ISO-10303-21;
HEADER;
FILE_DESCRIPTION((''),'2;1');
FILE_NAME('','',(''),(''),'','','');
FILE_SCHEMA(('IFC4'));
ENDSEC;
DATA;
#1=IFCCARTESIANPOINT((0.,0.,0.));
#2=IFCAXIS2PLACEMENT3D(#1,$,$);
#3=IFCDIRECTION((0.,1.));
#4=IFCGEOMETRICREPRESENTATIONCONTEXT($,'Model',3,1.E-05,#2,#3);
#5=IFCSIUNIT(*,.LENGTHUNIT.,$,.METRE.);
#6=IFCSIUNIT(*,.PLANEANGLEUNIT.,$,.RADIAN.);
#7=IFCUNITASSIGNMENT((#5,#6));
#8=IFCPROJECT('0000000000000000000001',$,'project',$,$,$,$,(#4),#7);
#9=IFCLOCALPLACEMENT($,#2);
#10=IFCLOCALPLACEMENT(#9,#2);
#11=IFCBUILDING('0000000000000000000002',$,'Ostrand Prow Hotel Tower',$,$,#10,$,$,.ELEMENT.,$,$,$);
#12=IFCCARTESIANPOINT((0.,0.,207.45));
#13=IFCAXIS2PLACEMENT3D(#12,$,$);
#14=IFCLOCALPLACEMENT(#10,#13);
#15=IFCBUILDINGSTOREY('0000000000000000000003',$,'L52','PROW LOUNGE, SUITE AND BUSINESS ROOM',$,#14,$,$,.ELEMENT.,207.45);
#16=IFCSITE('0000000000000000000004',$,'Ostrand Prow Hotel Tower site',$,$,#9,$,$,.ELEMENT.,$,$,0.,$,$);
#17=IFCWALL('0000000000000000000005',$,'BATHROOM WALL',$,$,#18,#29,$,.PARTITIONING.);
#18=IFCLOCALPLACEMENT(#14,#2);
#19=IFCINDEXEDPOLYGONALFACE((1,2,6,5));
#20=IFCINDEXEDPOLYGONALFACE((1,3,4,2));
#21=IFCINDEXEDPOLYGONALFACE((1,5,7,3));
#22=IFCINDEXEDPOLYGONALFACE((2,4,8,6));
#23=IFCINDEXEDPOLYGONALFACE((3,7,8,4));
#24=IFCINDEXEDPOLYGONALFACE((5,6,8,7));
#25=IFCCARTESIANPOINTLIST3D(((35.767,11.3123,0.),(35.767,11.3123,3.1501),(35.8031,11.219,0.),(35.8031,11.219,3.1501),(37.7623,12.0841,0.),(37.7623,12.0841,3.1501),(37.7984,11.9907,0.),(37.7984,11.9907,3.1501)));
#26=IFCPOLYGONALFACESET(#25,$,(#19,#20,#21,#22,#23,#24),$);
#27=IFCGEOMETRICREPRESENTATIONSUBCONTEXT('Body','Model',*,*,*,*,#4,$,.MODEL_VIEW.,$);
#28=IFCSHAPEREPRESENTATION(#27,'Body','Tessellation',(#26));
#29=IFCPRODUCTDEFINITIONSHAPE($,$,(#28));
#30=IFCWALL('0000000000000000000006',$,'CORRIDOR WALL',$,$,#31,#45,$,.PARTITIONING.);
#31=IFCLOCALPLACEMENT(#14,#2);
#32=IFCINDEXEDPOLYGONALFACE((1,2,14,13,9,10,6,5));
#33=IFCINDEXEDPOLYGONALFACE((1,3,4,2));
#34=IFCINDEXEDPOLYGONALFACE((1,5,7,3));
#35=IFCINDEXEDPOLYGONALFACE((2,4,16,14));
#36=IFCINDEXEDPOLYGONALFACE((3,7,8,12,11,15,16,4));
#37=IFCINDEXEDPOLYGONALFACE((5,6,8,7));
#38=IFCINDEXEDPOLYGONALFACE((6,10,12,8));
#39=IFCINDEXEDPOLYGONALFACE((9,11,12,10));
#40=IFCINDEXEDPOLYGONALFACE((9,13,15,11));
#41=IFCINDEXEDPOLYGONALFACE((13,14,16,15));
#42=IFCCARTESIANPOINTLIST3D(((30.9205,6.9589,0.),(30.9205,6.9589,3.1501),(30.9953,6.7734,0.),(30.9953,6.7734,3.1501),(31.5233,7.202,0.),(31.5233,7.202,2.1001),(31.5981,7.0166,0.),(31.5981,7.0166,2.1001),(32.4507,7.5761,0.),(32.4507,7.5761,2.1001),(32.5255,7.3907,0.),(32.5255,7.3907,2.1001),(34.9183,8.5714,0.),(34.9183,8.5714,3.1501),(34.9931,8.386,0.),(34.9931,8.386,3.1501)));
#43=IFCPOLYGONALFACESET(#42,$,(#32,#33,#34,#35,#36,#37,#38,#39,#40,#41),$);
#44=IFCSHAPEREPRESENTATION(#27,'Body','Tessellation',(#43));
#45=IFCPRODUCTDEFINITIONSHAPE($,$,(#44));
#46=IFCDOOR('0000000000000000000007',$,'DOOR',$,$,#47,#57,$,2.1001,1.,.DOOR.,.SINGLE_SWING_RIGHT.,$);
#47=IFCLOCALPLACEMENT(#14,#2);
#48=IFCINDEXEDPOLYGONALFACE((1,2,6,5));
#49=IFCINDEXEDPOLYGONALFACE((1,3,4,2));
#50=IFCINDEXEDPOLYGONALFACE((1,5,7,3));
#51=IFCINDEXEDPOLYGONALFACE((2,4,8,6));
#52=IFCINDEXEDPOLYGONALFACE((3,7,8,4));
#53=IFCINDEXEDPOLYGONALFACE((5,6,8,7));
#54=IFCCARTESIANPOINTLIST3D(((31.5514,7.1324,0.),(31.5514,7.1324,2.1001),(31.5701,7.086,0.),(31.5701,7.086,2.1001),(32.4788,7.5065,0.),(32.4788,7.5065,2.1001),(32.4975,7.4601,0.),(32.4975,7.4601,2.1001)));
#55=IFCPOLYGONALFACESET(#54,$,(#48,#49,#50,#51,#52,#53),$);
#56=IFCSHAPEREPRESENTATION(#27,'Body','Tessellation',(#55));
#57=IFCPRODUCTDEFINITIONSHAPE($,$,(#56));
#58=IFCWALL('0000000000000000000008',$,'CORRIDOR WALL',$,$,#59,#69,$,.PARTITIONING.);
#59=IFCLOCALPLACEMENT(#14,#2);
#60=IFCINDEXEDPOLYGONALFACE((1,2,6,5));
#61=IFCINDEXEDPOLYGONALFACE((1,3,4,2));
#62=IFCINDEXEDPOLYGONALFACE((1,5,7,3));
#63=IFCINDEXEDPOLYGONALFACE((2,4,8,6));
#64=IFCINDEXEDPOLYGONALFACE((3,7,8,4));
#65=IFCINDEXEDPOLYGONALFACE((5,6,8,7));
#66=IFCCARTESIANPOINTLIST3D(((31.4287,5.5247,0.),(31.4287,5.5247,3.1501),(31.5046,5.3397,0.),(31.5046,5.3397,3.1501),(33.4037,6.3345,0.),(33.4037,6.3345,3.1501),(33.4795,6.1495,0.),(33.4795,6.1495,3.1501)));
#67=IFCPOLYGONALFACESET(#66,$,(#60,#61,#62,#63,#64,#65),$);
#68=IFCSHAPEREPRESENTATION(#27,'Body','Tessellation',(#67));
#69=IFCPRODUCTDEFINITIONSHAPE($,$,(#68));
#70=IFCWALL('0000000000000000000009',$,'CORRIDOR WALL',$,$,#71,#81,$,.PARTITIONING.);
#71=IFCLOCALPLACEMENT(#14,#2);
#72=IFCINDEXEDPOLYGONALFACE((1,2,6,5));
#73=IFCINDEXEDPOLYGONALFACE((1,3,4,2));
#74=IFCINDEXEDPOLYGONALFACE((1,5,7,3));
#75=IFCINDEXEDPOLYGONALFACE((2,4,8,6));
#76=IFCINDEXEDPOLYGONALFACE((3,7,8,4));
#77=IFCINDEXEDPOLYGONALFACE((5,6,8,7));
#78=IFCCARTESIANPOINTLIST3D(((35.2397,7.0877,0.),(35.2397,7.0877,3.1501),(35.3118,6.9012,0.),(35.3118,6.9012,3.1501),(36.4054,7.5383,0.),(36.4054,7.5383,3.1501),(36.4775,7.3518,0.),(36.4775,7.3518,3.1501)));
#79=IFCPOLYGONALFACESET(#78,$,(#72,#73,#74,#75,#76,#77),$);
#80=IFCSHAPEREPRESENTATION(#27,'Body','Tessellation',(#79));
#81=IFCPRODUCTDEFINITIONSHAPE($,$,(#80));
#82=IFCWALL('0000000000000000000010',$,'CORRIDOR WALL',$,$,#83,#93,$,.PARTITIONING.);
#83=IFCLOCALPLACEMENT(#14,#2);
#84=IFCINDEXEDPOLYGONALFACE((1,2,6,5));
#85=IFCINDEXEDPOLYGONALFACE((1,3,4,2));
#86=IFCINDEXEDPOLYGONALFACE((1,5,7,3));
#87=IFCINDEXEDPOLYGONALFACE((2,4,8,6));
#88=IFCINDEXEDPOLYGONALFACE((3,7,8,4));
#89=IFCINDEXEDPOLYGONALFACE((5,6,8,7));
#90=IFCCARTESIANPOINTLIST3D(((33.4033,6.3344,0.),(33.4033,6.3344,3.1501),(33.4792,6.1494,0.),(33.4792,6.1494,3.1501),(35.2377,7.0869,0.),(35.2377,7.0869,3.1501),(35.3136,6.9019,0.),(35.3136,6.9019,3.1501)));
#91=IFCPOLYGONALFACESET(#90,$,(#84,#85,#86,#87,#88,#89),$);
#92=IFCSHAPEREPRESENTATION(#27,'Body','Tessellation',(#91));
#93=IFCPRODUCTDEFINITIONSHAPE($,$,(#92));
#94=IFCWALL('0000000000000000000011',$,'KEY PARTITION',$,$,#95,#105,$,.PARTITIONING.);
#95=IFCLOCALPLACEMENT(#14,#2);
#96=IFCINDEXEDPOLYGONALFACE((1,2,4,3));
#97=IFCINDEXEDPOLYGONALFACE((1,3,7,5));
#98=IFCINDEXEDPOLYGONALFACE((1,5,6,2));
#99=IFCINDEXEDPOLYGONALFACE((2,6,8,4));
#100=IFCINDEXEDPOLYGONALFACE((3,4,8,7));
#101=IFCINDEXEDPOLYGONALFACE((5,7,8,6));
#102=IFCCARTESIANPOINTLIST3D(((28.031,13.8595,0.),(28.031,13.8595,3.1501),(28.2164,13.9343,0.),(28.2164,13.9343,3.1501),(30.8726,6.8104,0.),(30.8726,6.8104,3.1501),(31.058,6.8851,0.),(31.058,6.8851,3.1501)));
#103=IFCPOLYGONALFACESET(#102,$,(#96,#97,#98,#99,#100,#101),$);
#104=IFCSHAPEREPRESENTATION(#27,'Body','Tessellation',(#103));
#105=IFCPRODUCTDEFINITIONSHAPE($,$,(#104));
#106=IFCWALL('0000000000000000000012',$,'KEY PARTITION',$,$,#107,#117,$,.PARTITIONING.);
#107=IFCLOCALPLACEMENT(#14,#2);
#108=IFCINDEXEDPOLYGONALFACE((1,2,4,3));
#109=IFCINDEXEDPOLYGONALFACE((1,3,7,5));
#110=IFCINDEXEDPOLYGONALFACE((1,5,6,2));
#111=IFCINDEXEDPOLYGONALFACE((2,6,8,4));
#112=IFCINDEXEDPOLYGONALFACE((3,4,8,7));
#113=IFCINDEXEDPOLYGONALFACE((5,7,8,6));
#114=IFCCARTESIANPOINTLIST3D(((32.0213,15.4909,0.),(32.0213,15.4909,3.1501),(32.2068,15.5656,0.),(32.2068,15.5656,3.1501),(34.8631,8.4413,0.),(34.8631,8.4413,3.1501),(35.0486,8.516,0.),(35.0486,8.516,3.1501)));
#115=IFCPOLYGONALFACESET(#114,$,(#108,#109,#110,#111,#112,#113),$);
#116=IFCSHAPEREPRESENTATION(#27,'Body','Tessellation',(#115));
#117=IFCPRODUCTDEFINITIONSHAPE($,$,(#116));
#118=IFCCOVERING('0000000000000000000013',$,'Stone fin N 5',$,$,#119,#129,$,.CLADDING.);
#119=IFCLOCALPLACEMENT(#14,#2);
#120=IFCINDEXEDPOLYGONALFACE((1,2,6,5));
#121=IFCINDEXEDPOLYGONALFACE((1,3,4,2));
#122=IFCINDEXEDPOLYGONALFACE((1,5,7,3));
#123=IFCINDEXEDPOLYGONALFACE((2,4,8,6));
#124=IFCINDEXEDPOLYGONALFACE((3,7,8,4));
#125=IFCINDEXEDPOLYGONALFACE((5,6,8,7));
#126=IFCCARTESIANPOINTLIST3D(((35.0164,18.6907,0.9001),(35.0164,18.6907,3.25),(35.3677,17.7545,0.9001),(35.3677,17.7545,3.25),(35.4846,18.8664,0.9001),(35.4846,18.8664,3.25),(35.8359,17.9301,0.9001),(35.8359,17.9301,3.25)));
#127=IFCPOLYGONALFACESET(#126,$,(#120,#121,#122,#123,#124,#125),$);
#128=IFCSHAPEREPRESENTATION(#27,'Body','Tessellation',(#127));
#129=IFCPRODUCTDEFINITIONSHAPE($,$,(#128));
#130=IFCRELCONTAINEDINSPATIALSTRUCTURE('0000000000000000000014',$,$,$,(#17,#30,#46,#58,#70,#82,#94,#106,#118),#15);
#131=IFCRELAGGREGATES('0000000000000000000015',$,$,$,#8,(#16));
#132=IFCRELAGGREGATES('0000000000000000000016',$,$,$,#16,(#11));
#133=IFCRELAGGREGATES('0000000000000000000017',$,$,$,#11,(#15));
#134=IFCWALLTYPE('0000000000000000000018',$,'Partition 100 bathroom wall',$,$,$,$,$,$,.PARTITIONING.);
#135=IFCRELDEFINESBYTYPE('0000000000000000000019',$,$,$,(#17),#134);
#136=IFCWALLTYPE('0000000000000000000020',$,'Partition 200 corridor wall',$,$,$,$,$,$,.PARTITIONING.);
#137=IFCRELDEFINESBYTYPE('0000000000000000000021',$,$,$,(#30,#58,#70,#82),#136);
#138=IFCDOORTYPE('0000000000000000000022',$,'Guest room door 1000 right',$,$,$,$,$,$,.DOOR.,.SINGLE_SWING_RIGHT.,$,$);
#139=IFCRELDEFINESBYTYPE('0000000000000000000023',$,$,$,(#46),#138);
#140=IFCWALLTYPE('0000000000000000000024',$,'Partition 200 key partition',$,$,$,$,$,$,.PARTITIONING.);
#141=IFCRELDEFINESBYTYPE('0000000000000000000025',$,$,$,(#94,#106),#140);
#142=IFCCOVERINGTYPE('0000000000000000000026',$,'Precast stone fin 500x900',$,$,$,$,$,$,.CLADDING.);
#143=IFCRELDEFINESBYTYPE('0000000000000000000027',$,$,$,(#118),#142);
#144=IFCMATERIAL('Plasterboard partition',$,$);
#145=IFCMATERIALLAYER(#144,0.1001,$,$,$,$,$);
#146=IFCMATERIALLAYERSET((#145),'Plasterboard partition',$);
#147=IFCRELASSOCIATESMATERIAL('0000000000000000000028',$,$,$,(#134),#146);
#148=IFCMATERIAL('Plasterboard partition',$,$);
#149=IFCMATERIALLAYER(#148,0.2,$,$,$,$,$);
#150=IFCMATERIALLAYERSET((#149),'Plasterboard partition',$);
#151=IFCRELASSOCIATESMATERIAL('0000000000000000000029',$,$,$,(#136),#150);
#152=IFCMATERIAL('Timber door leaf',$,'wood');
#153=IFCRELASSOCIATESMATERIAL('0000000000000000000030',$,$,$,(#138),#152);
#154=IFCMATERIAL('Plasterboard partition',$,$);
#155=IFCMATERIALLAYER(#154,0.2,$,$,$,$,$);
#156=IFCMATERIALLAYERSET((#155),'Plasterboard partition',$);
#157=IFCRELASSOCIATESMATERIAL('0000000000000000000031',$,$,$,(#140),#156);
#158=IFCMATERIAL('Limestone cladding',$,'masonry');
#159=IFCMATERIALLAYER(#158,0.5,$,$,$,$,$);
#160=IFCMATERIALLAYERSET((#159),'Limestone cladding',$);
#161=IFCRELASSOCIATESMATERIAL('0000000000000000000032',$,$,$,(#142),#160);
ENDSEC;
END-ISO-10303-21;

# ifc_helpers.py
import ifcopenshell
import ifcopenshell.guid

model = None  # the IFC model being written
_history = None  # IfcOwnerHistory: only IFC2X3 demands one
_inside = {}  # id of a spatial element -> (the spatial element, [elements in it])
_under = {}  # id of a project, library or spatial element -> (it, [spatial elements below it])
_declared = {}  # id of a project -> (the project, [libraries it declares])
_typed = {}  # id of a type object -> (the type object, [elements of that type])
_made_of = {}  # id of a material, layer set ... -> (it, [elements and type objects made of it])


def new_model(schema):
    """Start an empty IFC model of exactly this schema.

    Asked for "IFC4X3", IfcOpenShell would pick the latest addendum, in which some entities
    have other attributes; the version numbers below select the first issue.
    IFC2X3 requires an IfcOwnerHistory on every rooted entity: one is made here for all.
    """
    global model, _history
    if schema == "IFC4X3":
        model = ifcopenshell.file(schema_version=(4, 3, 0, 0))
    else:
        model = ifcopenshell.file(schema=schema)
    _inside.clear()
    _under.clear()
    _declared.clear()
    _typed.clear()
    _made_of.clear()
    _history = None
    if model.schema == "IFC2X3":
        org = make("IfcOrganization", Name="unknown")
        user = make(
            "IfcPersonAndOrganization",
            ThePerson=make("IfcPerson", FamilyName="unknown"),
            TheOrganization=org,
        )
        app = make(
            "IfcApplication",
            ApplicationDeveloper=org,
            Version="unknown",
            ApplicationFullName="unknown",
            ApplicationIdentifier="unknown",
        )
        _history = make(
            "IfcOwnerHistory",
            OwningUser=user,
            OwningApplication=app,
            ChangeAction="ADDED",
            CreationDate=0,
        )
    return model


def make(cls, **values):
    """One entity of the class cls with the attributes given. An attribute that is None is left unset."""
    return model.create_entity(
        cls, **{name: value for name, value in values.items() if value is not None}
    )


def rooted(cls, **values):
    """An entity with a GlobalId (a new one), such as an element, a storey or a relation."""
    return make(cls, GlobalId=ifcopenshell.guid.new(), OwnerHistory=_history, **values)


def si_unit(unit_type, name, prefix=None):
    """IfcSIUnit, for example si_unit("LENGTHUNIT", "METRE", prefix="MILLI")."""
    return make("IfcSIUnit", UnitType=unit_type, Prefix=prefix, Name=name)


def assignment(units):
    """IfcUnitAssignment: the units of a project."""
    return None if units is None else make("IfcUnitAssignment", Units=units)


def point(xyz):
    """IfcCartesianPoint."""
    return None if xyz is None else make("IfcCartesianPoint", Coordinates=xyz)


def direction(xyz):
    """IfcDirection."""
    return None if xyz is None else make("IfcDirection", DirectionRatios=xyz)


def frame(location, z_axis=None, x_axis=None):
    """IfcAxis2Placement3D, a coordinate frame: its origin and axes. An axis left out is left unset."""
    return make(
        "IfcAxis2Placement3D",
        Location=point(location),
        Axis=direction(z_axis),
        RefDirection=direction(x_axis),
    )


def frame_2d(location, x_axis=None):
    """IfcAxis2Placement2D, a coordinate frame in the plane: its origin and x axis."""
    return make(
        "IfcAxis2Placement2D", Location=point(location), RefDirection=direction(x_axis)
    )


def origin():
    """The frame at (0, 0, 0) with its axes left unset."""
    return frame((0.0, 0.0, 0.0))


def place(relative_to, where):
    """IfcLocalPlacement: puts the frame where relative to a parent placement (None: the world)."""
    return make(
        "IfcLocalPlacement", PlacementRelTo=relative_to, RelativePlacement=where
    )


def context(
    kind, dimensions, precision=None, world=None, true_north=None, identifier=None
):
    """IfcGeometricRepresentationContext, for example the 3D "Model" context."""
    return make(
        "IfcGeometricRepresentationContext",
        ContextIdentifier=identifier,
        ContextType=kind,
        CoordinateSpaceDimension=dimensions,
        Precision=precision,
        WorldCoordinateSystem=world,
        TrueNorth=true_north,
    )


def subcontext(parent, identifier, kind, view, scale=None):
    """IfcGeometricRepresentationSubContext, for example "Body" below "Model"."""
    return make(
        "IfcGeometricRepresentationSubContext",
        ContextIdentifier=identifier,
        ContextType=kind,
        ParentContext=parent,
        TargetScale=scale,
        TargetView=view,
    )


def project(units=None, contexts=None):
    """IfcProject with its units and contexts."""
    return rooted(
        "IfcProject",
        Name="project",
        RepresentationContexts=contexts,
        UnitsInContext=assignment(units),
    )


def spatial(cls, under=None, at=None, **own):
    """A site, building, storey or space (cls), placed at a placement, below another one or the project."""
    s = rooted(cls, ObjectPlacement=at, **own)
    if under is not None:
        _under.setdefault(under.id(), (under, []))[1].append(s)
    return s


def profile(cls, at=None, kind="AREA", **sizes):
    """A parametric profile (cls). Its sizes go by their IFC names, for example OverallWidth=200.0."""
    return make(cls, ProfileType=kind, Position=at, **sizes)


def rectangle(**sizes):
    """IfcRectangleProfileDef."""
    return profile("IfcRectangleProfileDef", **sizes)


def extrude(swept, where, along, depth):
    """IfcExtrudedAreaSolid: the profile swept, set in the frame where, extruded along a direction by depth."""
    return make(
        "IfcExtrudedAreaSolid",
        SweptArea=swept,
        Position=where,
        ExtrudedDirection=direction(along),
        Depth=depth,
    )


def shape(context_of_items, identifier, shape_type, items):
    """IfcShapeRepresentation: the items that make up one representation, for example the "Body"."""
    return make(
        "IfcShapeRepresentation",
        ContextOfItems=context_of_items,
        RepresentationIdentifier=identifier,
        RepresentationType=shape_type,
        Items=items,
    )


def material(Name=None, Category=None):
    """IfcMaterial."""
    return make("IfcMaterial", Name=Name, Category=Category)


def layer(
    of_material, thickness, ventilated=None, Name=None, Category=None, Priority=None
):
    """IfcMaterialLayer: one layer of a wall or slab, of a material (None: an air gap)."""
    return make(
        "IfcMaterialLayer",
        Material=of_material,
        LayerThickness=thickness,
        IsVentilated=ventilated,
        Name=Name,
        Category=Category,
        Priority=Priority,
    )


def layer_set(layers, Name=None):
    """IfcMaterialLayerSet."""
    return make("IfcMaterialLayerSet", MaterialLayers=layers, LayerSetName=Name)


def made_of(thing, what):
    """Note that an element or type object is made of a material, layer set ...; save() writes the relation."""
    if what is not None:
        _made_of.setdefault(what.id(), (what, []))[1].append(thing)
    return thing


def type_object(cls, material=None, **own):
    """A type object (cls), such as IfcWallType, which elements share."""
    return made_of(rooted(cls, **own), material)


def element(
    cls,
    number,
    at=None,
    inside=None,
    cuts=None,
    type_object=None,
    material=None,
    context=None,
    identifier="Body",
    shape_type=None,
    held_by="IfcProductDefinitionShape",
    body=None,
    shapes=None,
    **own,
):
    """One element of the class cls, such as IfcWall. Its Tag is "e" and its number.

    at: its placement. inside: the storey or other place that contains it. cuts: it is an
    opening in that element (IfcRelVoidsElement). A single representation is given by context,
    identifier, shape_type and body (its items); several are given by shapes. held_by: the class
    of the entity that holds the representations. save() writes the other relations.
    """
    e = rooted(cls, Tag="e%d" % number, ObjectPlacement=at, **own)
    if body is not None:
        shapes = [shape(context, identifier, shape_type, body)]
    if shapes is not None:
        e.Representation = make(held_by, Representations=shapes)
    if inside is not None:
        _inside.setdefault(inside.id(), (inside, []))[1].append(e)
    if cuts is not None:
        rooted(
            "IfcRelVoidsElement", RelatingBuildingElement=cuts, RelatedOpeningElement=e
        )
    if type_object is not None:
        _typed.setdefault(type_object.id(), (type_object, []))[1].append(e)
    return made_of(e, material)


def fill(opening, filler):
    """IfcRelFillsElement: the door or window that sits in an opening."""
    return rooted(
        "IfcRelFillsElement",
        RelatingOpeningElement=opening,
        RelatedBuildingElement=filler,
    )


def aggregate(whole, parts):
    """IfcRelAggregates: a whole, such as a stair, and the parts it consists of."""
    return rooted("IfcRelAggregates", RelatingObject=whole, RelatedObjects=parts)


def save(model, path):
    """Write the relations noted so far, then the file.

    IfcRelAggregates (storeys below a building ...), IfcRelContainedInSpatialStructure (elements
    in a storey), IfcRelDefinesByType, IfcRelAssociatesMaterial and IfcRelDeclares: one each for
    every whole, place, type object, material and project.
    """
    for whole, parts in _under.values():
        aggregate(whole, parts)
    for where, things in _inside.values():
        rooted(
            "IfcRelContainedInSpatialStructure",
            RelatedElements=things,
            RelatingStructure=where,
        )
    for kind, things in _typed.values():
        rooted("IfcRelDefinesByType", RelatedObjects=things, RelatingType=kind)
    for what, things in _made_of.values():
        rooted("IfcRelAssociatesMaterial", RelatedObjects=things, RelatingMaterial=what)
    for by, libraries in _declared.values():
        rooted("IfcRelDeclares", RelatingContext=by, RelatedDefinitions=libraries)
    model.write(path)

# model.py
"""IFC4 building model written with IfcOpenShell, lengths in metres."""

from ifc_helpers import new_model, si_unit, direction, frame, frame_2d, origin, place, context, subcontext, project, spatial, rectangle, extrude, material, layer, layer_set, type_object, element, fill, save


model = new_model("IFC4")

# Units and contexts
model_context = context("Model", 3, precision=1e-05, world=origin(), true_north=direction((0.0, 1.0)))
body_context = subcontext(model_context, "Body", "Model", "MODEL_VIEW")
ifc_project = project(units=[si_unit("LENGTHUNIT", "METRE"), si_unit("PLANEANGLEUNIT", "RADIAN")], contexts=[model_context])

# Site, building, storey
site_placement = place(None, origin())
site = spatial("IfcSite", under=ifc_project, at=site_placement, Name="Ostrand Prow Hotel Tower site", CompositionType="ELEMENT", RefElevation=0.0)
building_placement = place(site_placement, origin())
building = spatial("IfcBuilding", under=site, at=building_placement, Name="Ostrand Prow Hotel Tower", CompositionType="ELEMENT")
storey_placement = place(building_placement, frame((0.0, 0.0, 207.45)))
storey = spatial("IfcBuildingStorey", under=building, at=storey_placement, Name="L52", Description="PROW LOUNGE, SUITE AND BUSINESS ROOM", CompositionType="ELEMENT", Elevation=207.45)

# Shared definitions
ifc_material_1 = material(Name="Plasterboard partition")
ifc_layer_1 = layer(ifc_material_1, 0.1001)
ifc_layer_set_1 = layer_set([ifc_layer_1], Name="Plasterboard partition")
wall_type_1 = type_object("IfcWallType", Name="Partition 100 bathroom wall", PredefinedType="PARTITIONING", material=ifc_layer_set_1)

# Wall
wall_1_placement = place(storey_placement, frame((35.7849, 11.2656, 0.0), z_axis=(0.0, 0.0, 1.0), x_axis=(0.932673, 0.360722, 0.0)))
element("IfcWall", 1, at=wall_1_placement, inside=storey, type_object=wall_type_1, Name="BATHROOM WALL", PredefinedType="PARTITIONING", context=body_context, shape_type="SweptSolid", body=[
    extrude(rectangle(XDim=2.1394, YDim=0.1001, at=frame_2d((1.0698, 0.0))), origin(), (0.0, 0.0, 1.0), 3.1501),
])

# Wall, opening, door
ifc_material_2 = material(Name="Plasterboard partition")
ifc_layer_2 = layer(ifc_material_2, 0.2)
ifc_layer_set_2 = layer_set([ifc_layer_2], Name="Plasterboard partition")
wall_type_2 = type_object("IfcWallType", Name="Partition 200 corridor wall", PredefinedType="PARTITIONING", material=ifc_layer_set_2)
wall_2_placement = place(storey_placement, frame((30.958, 6.8662, 0.0), z_axis=(0.0, 0.0, 1.0), x_axis=(0.927399, 0.374074, 0.0)))
wall_2 = element("IfcWall", 2, at=wall_2_placement, inside=storey, type_object=wall_type_2, Name="CORRIDOR WALL", PredefinedType="PARTITIONING", context=body_context, shape_type="SweptSolid", body=[
    extrude(rectangle(XDim=4.3108, YDim=0.2, at=frame_2d((2.1553, 0.0))), origin(), (0.0, 0.0, 1.0), 3.1501),
])
opening_1_placement = place(wall_2_placement, frame((0.6499, 0.0, 0.0)))
opening_1 = element("IfcOpeningElement", 3, at=opening_1_placement, cuts=wall_2, PredefinedType="OPENING", context=body_context, shape_type="SweptSolid", body=[
    extrude(rectangle(XDim=1.0, YDim=2.1001, at=frame_2d((0.5, 1.05))), frame((0.0, 0.1099, 0.0), z_axis=(0.0, -1.0, 0.0), x_axis=(1.0, 0.0, 0.0)), (0.0, 0.0, 1.0), 0.22),
])
ifc_material_3 = material(Name="Timber door leaf", Category="wood")
door_type_1 = type_object("IfcDoorType", Name="Guest room door 1000 right", OperationType="SINGLE_SWING_RIGHT", PredefinedType="DOOR", material=ifc_material_3)
door_1_placement = place(opening_1_placement, origin())
door_1 = element("IfcDoor", 4, at=door_1_placement, inside=storey, type_object=door_type_1, Name="DOOR", OperationType="SINGLE_SWING_RIGHT", OverallHeight=2.1001, OverallWidth=1.0, PredefinedType="DOOR", context=body_context, shape_type="SweptSolid", body=[
    extrude(rectangle(XDim=1.0, YDim=2.1001, at=frame_2d((0.5, 1.05))), frame((0.0, 0.0249, 0.0), z_axis=(0.0, -1.0, 0.0), x_axis=(1.0, 0.0, 0.0)), (0.0, 0.0, 1.0), 0.05),
])
fill(opening_1, door_1)

# Walls
wall_3_placement = place(storey_placement, frame((31.4666, 5.4321, 0.0), z_axis=(0.0, 0.0, 1.0), x_axis=(0.925231, 0.379403, 0.0)))
element("IfcWall", 5, at=wall_3_placement, inside=storey, type_object=wall_type_2, Name="CORRIDOR WALL", PredefinedType="PARTITIONING", context=body_context, shape_type="SweptSolid", body=[
    extrude(rectangle(XDim=2.1345, YDim=0.2, at=frame_2d((1.0674, 0.0))), origin(), (0.0, 0.0, 1.0), 3.1501),
])
wall_4_placement = place(storey_placement, frame((35.2756, 6.9944, 0.0), z_axis=(0.0, 0.0, 1.0), x_axis=(0.932725, 0.360589, 0.0)))
element("IfcWall", 6, at=wall_4_placement, inside=storey, type_object=wall_type_2, Name="CORRIDOR WALL", PredefinedType="PARTITIONING", context=body_context, shape_type="SweptSolid", body=[
    extrude(rectangle(XDim=1.2498, YDim=0.2, at=frame_2d((0.625, 0.0))), origin(), (0.0, 0.0, 1.0), 3.1501),
])
wall_5_placement = place(storey_placement, frame((33.4414, 6.2419, 0.0), z_axis=(0.0, 0.0, 1.0), x_axis=(0.92518, 0.379529, 0.0)))
element("IfcWall", 7, at=wall_5_placement, inside=storey, type_object=wall_type_2, Name="CORRIDOR WALL", PredefinedType="PARTITIONING", context=body_context, shape_type="SweptSolid", body=[
    extrude(rectangle(XDim=1.9827, YDim=0.2, at=frame_2d((0.9912, 0.0))), origin(), (0.0, 0.0, 1.0), 3.1501),
])
ifc_material_4 = material(Name="Plasterboard partition")
ifc_layer_3 = layer(ifc_material_4, 0.2)
ifc_layer_set_3 = layer_set([ifc_layer_3], Name="Plasterboard partition")
wall_type_3 = type_object("IfcWallType", Name="Partition 200 key partition", PredefinedType="PARTITIONING", material=ifc_layer_set_3)
wall_6_placement = place(storey_placement, frame((30.9653, 6.8477, 0.0), z_axis=(0.0, 0.0, 1.0), x_axis=(-0.373876, 0.927479, 0.0)))
element("IfcWall", 8, at=wall_6_placement, inside=storey, type_object=wall_type_3, Name="KEY PARTITION", PredefinedType="PARTITIONING", context=body_context, shape_type="SweptSolid", body=[
    extrude(rectangle(XDim=7.6003, YDim=0.2, at=frame_2d((3.8003, 0.0))), origin(), (0.0, 0.0, 1.0), 3.1501),
])
wall_7_placement = place(storey_placement, frame((34.9558, 8.4788, 0.0), z_axis=(0.0, 0.0, 1.0), x_axis=(-0.373881, 0.927477, 0.0)))
element("IfcWall", 9, at=wall_7_placement, inside=storey, type_object=wall_type_3, Name="KEY PARTITION", PredefinedType="PARTITIONING", context=body_context, shape_type="SweptSolid", body=[
    extrude(rectangle(XDim=7.6008, YDim=0.2, at=frame_2d((3.8003, 0.0))), origin(), (0.0, 0.0, 1.0), 3.1501),
])

# Covering
ifc_material_5 = material(Name="Limestone cladding", Category="masonry")
ifc_layer_4 = layer(ifc_material_5, 0.5)
ifc_layer_set_4 = layer_set([ifc_layer_4], Name="Limestone cladding")
covering_type = type_object("IfcCoveringType", Name="Precast stone fin 500x900", PredefinedType="CLADDING", material=ifc_layer_set_4)
covering_placement = place(storey_placement, frame((35.6018, 17.8423, 0.9001), z_axis=(0.0, 0.0, 1.0), x_axis=(-0.351311, 0.936259, 0.0)))
element("IfcCovering", 10, at=covering_placement, inside=storey, type_object=covering_type, Name="Stone fin N 5", PredefinedType="CLADDING", context=body_context, shape_type="SweptSolid", body=[
    extrude(rectangle(XDim=1.0, YDim=0.5, at=frame_2d((0.5, 0.0))), origin(), (0.0, 0.0, 1.0), 2.3499),
])

save(model, "model.ifc")
